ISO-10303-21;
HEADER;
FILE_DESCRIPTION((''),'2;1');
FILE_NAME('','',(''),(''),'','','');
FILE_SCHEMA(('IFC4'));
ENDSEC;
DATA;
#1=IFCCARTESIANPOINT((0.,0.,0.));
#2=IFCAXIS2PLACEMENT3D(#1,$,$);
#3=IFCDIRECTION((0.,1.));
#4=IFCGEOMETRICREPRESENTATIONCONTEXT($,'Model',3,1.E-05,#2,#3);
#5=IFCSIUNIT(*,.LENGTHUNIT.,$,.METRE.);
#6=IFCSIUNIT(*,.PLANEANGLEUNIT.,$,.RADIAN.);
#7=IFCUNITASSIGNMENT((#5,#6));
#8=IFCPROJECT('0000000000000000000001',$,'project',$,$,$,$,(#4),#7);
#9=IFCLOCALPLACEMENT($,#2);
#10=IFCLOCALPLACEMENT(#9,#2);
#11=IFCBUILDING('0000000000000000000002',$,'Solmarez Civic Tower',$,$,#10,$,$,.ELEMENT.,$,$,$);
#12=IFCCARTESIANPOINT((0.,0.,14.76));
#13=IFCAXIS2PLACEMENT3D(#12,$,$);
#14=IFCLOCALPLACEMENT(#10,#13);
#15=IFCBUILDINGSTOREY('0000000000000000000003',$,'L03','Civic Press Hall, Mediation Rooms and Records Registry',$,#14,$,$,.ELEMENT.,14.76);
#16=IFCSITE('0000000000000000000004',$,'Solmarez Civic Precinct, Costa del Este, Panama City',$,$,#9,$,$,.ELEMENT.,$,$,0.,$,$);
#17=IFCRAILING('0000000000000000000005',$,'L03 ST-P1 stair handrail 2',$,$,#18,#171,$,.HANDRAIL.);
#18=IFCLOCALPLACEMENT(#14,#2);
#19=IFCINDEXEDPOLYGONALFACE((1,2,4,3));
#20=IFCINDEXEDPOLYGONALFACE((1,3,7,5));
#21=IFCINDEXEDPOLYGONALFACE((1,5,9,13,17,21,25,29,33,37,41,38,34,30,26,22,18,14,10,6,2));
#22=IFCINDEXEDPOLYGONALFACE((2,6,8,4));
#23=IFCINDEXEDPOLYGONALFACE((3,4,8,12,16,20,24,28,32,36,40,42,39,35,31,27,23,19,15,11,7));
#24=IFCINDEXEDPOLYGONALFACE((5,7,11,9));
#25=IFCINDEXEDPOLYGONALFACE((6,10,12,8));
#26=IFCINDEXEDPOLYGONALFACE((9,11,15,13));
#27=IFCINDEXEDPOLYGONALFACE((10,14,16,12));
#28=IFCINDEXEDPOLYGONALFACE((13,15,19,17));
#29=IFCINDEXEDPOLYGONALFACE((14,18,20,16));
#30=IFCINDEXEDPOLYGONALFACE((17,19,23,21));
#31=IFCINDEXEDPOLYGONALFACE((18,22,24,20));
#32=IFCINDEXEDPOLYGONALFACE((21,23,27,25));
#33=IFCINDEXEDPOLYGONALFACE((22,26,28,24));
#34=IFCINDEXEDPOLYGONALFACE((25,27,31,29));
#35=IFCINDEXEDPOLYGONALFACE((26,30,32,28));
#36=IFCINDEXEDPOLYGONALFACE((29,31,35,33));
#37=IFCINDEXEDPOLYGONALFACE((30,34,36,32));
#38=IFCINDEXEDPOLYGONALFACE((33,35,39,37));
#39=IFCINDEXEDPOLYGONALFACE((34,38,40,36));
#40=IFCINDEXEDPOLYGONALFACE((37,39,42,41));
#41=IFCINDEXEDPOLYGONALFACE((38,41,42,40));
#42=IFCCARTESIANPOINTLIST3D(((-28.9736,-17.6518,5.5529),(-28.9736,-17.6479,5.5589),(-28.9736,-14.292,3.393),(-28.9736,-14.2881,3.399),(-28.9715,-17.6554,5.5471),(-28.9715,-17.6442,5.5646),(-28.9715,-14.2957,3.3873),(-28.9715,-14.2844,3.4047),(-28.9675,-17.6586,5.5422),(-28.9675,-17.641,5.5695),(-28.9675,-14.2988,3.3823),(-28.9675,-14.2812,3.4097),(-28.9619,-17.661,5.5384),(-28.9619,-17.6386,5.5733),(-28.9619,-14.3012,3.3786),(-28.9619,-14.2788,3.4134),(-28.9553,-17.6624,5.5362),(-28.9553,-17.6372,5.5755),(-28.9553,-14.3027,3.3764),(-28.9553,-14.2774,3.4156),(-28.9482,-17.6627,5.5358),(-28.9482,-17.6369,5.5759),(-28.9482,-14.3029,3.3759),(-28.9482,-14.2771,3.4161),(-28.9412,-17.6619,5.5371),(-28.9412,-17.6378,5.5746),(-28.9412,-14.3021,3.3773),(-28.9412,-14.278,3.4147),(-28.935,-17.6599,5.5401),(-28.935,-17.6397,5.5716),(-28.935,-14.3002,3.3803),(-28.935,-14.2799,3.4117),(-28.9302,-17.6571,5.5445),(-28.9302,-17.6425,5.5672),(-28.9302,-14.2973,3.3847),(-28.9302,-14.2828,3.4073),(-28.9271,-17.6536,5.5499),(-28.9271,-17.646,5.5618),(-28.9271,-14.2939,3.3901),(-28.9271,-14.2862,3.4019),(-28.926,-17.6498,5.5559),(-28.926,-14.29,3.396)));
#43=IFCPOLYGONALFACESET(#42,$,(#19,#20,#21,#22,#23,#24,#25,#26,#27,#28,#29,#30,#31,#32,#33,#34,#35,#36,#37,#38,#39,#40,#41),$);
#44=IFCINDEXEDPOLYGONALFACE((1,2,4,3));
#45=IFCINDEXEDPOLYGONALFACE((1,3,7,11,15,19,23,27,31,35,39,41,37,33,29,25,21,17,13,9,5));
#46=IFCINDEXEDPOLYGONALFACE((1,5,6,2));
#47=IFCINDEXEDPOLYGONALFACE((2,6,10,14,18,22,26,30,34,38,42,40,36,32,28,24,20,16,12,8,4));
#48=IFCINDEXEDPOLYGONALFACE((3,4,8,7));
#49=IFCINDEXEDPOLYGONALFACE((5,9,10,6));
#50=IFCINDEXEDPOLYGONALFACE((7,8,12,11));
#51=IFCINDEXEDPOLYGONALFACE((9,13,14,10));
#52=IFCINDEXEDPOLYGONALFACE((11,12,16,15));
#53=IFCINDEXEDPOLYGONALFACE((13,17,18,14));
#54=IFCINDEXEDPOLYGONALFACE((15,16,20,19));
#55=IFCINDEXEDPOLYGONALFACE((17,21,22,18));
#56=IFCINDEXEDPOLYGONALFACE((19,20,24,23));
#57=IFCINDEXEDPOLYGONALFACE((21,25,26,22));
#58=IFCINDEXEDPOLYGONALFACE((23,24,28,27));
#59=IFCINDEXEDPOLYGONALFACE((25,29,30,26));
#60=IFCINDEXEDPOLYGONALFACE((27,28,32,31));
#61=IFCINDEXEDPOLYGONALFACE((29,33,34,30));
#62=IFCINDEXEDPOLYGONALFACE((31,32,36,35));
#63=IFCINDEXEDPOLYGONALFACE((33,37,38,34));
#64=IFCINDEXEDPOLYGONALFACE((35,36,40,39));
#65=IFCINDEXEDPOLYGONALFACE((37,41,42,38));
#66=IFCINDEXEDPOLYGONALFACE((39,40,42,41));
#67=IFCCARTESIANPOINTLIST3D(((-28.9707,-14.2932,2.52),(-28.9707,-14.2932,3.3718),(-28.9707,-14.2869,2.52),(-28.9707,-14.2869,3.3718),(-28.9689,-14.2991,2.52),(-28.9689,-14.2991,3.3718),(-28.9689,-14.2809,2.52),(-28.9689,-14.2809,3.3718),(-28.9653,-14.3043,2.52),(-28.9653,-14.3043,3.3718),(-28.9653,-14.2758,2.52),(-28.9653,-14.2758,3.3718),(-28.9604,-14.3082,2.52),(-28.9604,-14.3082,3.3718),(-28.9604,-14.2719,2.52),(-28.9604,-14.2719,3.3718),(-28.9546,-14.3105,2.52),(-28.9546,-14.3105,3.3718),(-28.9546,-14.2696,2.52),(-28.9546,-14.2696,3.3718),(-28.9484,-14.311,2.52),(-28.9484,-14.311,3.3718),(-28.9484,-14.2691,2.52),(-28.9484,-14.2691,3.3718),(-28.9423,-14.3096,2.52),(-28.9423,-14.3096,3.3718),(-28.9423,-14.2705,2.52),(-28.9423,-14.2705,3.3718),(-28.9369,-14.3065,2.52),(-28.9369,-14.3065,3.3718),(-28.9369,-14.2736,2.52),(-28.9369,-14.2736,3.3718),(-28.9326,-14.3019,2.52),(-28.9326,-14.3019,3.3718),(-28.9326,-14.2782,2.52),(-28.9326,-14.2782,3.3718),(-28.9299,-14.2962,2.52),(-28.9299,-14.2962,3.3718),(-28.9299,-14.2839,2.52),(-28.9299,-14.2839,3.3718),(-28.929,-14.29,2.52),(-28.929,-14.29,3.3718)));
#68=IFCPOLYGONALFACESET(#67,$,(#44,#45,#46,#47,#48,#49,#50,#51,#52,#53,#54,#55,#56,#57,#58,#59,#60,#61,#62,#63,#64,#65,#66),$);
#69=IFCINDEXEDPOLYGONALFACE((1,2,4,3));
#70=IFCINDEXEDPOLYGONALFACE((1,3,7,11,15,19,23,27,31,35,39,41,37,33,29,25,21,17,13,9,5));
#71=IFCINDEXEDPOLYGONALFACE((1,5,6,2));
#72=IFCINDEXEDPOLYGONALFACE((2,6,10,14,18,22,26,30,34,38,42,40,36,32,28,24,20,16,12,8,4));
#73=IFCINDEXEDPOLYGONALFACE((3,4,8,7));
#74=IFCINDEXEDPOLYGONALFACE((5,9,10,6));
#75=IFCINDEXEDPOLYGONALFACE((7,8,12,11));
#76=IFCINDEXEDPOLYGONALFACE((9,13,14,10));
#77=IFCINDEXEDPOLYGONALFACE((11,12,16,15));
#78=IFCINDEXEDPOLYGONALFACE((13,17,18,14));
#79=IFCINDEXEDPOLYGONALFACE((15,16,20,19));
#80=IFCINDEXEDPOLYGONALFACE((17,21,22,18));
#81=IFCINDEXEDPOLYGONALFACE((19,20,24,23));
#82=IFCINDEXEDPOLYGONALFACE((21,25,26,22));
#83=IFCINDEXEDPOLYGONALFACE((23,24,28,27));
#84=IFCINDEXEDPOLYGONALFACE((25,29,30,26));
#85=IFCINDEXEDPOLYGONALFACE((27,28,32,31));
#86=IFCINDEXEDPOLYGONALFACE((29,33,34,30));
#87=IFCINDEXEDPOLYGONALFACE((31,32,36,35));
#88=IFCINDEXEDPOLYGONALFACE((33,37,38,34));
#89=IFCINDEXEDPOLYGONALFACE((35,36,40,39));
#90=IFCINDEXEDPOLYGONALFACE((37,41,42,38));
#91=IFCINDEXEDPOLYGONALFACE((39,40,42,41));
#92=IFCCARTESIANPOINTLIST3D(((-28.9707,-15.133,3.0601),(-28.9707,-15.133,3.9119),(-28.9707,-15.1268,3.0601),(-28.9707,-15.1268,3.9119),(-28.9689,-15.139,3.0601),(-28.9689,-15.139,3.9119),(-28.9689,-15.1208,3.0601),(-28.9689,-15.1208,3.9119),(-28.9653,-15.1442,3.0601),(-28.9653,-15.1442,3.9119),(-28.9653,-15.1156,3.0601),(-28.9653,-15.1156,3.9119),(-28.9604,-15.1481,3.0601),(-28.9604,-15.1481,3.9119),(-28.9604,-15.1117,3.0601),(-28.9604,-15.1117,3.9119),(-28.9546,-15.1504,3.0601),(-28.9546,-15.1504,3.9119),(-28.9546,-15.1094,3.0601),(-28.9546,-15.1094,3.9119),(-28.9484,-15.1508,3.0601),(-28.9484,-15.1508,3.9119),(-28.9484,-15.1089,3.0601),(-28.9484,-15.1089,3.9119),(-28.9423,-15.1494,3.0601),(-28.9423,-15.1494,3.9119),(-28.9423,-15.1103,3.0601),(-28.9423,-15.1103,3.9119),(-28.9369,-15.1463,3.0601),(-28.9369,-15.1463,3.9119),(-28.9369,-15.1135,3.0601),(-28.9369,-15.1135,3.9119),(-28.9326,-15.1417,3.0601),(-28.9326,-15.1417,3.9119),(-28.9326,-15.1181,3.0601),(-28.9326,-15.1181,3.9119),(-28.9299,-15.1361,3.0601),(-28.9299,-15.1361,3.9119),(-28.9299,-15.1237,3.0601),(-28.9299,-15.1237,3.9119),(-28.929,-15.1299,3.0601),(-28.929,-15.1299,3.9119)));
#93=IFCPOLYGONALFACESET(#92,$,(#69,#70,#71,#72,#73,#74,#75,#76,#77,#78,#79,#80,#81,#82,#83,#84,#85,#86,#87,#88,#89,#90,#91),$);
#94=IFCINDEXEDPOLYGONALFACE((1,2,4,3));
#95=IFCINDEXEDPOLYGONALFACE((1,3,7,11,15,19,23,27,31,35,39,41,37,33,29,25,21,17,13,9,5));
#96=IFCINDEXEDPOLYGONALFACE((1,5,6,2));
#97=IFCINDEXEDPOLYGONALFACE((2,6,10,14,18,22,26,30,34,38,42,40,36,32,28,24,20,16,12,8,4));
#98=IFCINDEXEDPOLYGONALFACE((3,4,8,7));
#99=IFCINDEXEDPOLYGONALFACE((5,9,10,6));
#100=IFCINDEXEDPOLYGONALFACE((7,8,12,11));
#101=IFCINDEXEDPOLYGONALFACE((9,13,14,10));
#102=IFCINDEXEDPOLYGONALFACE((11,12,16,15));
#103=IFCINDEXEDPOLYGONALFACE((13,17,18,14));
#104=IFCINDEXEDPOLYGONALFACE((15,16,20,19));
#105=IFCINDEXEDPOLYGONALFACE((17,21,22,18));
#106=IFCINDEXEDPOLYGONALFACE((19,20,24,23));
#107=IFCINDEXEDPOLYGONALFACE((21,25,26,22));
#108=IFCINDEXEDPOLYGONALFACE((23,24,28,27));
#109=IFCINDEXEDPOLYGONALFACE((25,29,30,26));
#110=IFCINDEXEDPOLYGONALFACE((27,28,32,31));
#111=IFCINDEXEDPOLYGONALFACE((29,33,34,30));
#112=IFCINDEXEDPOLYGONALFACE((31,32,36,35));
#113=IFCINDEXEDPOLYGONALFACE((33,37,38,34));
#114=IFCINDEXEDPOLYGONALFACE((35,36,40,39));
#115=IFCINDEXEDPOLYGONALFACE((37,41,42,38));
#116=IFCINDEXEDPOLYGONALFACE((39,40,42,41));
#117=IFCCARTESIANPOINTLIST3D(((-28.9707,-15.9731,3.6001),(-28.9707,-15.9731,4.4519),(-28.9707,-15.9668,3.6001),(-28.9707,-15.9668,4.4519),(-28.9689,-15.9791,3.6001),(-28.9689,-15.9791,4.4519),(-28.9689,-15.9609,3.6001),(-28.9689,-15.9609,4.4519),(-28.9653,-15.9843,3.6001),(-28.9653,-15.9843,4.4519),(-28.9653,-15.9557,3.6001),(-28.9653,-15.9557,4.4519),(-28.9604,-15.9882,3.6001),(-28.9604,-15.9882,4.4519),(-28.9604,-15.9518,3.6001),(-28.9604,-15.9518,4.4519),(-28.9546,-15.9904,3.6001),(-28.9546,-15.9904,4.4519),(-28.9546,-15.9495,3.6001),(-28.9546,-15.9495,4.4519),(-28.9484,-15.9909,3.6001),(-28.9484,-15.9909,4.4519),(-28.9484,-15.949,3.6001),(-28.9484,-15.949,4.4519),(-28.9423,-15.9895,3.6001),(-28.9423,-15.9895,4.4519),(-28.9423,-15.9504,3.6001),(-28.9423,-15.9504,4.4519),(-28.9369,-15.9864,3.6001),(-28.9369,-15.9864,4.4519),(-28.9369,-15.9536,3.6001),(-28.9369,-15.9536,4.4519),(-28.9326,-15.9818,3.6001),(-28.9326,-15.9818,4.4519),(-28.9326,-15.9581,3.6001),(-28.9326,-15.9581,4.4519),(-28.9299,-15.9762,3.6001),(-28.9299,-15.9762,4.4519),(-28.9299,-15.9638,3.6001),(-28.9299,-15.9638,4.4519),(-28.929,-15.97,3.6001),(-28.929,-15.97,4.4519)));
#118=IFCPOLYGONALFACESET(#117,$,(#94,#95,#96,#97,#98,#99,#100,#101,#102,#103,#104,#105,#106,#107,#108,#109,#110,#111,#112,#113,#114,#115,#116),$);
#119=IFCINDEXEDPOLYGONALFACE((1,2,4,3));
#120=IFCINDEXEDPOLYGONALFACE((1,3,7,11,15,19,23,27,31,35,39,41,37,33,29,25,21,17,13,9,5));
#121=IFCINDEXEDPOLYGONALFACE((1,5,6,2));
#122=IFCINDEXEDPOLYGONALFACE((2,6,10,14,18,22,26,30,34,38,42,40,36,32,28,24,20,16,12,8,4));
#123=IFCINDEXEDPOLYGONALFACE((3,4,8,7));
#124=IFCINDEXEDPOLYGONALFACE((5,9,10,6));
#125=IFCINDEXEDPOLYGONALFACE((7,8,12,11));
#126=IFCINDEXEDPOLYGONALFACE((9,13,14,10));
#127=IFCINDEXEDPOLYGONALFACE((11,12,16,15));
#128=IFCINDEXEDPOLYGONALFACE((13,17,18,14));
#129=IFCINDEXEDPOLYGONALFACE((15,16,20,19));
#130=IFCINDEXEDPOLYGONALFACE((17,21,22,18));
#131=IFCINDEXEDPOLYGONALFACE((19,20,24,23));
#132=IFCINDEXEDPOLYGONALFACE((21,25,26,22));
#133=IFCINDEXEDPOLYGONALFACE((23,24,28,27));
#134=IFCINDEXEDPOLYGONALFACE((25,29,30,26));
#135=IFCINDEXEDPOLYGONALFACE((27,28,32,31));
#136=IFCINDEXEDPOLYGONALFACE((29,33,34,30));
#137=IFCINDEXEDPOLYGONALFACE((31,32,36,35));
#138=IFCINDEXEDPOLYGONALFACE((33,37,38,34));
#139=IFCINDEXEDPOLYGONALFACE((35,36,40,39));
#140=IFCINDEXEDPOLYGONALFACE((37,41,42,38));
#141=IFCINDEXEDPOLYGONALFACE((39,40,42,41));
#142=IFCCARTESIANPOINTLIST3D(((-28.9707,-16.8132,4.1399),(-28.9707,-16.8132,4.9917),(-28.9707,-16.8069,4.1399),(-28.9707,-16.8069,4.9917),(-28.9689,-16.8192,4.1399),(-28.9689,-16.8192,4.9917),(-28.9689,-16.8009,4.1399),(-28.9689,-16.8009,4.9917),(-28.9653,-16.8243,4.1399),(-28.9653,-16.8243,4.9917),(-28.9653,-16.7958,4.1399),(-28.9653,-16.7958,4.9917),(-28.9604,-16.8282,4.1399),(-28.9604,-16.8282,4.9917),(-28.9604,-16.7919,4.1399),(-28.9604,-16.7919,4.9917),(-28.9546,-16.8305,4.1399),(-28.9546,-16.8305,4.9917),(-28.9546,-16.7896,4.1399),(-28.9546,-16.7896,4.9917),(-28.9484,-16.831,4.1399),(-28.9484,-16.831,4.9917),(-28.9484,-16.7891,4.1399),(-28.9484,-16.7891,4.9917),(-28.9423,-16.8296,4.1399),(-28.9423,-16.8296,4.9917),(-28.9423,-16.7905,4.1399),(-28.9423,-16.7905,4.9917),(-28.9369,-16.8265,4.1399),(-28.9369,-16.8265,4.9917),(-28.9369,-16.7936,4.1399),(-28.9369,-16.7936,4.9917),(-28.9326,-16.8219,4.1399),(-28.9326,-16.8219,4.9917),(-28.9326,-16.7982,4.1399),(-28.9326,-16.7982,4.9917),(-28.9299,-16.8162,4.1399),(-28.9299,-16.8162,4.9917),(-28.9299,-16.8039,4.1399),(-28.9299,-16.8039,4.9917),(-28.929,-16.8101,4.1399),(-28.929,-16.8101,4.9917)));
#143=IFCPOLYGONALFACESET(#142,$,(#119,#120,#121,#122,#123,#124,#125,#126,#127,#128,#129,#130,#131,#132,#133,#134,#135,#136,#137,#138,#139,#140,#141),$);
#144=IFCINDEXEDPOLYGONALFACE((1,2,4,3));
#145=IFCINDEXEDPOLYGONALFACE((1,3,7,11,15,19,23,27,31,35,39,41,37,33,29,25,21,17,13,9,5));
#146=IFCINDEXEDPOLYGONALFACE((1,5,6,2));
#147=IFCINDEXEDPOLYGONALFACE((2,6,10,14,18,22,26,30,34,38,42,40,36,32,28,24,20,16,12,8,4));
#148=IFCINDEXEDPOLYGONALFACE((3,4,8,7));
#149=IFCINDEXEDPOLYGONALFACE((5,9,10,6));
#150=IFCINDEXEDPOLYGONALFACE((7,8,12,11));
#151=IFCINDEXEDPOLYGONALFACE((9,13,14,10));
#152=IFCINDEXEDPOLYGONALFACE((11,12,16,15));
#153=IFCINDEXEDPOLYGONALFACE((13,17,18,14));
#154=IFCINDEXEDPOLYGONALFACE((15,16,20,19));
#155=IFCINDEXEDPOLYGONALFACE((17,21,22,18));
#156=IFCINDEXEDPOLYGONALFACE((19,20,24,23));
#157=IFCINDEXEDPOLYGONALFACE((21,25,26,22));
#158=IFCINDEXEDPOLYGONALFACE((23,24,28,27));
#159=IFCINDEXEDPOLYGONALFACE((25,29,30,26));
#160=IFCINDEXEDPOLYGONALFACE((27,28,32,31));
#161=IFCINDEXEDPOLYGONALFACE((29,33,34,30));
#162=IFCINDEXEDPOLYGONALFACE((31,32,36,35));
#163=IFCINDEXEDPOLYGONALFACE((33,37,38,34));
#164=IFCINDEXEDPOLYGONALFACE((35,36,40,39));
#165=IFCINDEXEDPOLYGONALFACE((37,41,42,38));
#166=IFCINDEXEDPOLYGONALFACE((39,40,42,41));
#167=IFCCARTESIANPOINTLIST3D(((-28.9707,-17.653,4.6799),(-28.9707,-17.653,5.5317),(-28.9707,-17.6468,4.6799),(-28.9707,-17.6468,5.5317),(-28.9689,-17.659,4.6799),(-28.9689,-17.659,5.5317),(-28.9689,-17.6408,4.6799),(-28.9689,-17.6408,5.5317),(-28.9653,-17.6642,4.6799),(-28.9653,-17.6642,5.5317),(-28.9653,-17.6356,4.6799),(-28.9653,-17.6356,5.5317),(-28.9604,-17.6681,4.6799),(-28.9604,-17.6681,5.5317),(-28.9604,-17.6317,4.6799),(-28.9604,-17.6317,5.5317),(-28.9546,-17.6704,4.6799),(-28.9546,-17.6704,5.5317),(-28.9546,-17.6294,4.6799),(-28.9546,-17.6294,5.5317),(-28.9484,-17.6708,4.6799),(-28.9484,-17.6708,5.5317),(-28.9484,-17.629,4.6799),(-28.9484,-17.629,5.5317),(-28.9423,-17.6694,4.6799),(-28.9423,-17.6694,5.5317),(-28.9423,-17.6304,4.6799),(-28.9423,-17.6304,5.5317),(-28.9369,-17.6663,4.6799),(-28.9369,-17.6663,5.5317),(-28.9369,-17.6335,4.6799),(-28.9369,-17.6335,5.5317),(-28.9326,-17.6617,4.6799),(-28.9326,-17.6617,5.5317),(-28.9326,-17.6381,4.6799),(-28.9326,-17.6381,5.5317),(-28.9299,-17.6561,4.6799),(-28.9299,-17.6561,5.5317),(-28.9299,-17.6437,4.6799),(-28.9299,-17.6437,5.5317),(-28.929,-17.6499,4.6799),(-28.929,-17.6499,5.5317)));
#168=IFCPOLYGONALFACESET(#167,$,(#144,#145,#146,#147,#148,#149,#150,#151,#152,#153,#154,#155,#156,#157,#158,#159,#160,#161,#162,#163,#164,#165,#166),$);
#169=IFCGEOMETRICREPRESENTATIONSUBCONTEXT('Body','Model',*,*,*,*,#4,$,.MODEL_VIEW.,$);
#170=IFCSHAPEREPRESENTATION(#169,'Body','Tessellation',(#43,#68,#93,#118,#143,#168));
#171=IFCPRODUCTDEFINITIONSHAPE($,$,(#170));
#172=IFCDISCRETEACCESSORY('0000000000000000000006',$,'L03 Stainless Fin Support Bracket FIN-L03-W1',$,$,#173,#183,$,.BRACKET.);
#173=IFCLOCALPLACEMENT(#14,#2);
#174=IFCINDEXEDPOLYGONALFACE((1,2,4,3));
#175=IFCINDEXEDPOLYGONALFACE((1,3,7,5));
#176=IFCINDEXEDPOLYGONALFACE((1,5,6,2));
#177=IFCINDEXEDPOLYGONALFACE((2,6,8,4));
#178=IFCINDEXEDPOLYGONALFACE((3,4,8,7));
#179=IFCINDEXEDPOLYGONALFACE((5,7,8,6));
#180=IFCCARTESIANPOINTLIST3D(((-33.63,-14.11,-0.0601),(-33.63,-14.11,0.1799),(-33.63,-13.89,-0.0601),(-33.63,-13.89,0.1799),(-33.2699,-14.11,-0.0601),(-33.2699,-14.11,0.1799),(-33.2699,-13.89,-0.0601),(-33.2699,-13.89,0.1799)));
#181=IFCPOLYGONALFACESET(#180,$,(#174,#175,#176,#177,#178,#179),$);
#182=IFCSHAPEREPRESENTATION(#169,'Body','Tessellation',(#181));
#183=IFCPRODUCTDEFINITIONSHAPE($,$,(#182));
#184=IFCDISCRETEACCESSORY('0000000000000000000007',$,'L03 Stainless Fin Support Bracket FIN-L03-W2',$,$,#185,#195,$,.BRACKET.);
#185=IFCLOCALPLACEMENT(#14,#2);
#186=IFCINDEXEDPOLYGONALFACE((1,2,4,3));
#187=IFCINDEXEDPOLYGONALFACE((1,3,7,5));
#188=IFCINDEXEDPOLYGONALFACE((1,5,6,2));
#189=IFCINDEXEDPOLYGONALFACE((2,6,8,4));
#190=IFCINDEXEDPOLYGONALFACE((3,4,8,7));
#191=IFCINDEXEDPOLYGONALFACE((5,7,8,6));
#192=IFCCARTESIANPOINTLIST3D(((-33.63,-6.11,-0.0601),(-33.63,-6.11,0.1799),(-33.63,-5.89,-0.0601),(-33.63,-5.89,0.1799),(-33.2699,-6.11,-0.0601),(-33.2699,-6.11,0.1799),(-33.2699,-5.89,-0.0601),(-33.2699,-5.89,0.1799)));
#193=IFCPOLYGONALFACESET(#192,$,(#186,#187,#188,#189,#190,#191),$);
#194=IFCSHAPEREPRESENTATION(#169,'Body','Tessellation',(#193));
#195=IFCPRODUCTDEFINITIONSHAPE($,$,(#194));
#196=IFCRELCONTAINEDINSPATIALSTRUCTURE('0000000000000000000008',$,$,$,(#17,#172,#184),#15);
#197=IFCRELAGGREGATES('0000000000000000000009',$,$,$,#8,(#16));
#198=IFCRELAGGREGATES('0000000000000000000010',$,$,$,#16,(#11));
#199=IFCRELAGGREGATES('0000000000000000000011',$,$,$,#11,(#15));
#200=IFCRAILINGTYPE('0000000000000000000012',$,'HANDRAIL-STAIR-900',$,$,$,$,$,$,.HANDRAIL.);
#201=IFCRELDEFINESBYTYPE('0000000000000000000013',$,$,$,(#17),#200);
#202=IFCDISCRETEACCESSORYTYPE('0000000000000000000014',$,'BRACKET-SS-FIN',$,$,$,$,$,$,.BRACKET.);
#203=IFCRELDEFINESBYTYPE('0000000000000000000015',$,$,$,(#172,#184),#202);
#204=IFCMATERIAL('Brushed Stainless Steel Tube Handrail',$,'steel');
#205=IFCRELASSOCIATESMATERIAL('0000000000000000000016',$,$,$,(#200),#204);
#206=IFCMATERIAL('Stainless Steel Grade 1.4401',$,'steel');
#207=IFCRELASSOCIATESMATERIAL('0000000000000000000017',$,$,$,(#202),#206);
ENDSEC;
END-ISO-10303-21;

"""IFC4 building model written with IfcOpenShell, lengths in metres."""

from ifc_helpers import new_model, si_unit, direction, frame, origin, origin_2d, place, context, subcontext, project, spatial, rectangle, circle, extrude, material, type_object, element, save


model = new_model("IFC4")

# Units and contexts
model_context = context("Model", 3, precision=1e-05, world=origin(), true_north=direction((0.0, 1.0)))
body_context = subcontext(model_context, "Body", "Model", "MODEL_VIEW")
ifc_project = project(units=[si_unit("LENGTHUNIT", "METRE"), si_unit("PLANEANGLEUNIT", "RADIAN")], contexts=[model_context])

# Site, building, storey
site_placement = place(None, origin())
site = spatial("IfcSite", under=ifc_project, at=site_placement, Name="Solmarez Civic Precinct, Costa del Este, Panama City", CompositionType="ELEMENT", RefElevation=0.0)
building_placement = place(site_placement, origin())
building = spatial("IfcBuilding", under=site, at=building_placement, Name="Solmarez Civic Tower", CompositionType="ELEMENT")
storey_placement = place(building_placement, frame((0.0, 0.0, 14.76)))
storey = spatial("IfcBuildingStorey", under=building, at=storey_placement, Name="L03", Description="Civic Press Hall, Mediation Rooms and Records Registry", CompositionType="ELEMENT", Elevation=14.76)

# Railing
ifc_material_1 = material(Name="Brushed Stainless Steel Tube Handrail", Category="steel")
railing_type_1 = type_object("IfcRailingType", Name="HANDRAIL-STAIR-900", PredefinedType="HANDRAIL", material=ifc_material_1)
railing_1_placement = place(storey_placement, frame((-28.95, -14.29, 2.52)))
element("IfcRailing", 1, at=railing_1_placement, inside=storey, type_object=railing_type_1, Name="L03 ST-P1 stair handrail 2", PredefinedType="HANDRAIL", context=body_context, shape_type="SweptSolid", body=[
    extrude(circle(Radius=0.0239, at=origin_2d()), frame((0.0, 0.0, 0.876), z_axis=(0.0, -0.841178, 0.540758), x_axis=(1.0, 0.0, 0.0)), (0.0, 0.0, 1.0), 3.9941),
    extrude(circle(Radius=0.021, at=origin_2d()), origin(), (0.0, 0.0, 1.0), 0.8518),
    extrude(circle(Radius=0.021, at=origin_2d()), frame((0.0, -0.8398, 0.54)), (0.0, 0.0, 1.0), 0.8518),
    extrude(circle(Radius=0.021, at=origin_2d()), frame((0.0, -1.6799, 1.0801)), (0.0, 0.0, 1.0), 0.8518),
    extrude(circle(Radius=0.021, at=origin_2d()), frame((0.0, -2.52, 1.6199)), (0.0, 0.0, 1.0), 0.8518),
    extrude(circle(Radius=0.021, at=origin_2d()), frame((0.0, -3.3599, 2.1599)), (0.0, 0.0, 1.0), 0.8518),
])

# Discrete accessories
ifc_material_2 = material(Name="Stainless Steel Grade 1.4401", Category="steel")
discrete_accessory_type = type_object("IfcDiscreteAccessoryType", Name="BRACKET-SS-FIN", PredefinedType="BRACKET", material=ifc_material_2)
for number, where, z_axis, x_axis, name in (
    (2, (-33.45, -14.0, -0.0601), (0.0, 0.0, 1.0), (-1.0, 0.0, 0.0), "L03 Stainless Fin Support Bracket FIN-L03-W1"),
    (3, (-33.45, -6.0, -0.0601), (0.0, 0.0, 1.0), (-1.0, 0.0, 0.0), "L03 Stainless Fin Support Bracket FIN-L03-W2"),
):
    element("IfcDiscreteAccessory", number, at=place(storey_placement, frame(where, z_axis=z_axis, x_axis=x_axis)), inside=storey, type_object=discrete_accessory_type, Name=name, PredefinedType="BRACKET", context=body_context, shape_type="SweptSolid", body=[
        extrude(rectangle(XDim=0.3601, YDim=0.22, at=origin_2d()), origin(), (0.0, 0.0, 1.0), 0.24),
    ])

save(model, "model.ifc")
